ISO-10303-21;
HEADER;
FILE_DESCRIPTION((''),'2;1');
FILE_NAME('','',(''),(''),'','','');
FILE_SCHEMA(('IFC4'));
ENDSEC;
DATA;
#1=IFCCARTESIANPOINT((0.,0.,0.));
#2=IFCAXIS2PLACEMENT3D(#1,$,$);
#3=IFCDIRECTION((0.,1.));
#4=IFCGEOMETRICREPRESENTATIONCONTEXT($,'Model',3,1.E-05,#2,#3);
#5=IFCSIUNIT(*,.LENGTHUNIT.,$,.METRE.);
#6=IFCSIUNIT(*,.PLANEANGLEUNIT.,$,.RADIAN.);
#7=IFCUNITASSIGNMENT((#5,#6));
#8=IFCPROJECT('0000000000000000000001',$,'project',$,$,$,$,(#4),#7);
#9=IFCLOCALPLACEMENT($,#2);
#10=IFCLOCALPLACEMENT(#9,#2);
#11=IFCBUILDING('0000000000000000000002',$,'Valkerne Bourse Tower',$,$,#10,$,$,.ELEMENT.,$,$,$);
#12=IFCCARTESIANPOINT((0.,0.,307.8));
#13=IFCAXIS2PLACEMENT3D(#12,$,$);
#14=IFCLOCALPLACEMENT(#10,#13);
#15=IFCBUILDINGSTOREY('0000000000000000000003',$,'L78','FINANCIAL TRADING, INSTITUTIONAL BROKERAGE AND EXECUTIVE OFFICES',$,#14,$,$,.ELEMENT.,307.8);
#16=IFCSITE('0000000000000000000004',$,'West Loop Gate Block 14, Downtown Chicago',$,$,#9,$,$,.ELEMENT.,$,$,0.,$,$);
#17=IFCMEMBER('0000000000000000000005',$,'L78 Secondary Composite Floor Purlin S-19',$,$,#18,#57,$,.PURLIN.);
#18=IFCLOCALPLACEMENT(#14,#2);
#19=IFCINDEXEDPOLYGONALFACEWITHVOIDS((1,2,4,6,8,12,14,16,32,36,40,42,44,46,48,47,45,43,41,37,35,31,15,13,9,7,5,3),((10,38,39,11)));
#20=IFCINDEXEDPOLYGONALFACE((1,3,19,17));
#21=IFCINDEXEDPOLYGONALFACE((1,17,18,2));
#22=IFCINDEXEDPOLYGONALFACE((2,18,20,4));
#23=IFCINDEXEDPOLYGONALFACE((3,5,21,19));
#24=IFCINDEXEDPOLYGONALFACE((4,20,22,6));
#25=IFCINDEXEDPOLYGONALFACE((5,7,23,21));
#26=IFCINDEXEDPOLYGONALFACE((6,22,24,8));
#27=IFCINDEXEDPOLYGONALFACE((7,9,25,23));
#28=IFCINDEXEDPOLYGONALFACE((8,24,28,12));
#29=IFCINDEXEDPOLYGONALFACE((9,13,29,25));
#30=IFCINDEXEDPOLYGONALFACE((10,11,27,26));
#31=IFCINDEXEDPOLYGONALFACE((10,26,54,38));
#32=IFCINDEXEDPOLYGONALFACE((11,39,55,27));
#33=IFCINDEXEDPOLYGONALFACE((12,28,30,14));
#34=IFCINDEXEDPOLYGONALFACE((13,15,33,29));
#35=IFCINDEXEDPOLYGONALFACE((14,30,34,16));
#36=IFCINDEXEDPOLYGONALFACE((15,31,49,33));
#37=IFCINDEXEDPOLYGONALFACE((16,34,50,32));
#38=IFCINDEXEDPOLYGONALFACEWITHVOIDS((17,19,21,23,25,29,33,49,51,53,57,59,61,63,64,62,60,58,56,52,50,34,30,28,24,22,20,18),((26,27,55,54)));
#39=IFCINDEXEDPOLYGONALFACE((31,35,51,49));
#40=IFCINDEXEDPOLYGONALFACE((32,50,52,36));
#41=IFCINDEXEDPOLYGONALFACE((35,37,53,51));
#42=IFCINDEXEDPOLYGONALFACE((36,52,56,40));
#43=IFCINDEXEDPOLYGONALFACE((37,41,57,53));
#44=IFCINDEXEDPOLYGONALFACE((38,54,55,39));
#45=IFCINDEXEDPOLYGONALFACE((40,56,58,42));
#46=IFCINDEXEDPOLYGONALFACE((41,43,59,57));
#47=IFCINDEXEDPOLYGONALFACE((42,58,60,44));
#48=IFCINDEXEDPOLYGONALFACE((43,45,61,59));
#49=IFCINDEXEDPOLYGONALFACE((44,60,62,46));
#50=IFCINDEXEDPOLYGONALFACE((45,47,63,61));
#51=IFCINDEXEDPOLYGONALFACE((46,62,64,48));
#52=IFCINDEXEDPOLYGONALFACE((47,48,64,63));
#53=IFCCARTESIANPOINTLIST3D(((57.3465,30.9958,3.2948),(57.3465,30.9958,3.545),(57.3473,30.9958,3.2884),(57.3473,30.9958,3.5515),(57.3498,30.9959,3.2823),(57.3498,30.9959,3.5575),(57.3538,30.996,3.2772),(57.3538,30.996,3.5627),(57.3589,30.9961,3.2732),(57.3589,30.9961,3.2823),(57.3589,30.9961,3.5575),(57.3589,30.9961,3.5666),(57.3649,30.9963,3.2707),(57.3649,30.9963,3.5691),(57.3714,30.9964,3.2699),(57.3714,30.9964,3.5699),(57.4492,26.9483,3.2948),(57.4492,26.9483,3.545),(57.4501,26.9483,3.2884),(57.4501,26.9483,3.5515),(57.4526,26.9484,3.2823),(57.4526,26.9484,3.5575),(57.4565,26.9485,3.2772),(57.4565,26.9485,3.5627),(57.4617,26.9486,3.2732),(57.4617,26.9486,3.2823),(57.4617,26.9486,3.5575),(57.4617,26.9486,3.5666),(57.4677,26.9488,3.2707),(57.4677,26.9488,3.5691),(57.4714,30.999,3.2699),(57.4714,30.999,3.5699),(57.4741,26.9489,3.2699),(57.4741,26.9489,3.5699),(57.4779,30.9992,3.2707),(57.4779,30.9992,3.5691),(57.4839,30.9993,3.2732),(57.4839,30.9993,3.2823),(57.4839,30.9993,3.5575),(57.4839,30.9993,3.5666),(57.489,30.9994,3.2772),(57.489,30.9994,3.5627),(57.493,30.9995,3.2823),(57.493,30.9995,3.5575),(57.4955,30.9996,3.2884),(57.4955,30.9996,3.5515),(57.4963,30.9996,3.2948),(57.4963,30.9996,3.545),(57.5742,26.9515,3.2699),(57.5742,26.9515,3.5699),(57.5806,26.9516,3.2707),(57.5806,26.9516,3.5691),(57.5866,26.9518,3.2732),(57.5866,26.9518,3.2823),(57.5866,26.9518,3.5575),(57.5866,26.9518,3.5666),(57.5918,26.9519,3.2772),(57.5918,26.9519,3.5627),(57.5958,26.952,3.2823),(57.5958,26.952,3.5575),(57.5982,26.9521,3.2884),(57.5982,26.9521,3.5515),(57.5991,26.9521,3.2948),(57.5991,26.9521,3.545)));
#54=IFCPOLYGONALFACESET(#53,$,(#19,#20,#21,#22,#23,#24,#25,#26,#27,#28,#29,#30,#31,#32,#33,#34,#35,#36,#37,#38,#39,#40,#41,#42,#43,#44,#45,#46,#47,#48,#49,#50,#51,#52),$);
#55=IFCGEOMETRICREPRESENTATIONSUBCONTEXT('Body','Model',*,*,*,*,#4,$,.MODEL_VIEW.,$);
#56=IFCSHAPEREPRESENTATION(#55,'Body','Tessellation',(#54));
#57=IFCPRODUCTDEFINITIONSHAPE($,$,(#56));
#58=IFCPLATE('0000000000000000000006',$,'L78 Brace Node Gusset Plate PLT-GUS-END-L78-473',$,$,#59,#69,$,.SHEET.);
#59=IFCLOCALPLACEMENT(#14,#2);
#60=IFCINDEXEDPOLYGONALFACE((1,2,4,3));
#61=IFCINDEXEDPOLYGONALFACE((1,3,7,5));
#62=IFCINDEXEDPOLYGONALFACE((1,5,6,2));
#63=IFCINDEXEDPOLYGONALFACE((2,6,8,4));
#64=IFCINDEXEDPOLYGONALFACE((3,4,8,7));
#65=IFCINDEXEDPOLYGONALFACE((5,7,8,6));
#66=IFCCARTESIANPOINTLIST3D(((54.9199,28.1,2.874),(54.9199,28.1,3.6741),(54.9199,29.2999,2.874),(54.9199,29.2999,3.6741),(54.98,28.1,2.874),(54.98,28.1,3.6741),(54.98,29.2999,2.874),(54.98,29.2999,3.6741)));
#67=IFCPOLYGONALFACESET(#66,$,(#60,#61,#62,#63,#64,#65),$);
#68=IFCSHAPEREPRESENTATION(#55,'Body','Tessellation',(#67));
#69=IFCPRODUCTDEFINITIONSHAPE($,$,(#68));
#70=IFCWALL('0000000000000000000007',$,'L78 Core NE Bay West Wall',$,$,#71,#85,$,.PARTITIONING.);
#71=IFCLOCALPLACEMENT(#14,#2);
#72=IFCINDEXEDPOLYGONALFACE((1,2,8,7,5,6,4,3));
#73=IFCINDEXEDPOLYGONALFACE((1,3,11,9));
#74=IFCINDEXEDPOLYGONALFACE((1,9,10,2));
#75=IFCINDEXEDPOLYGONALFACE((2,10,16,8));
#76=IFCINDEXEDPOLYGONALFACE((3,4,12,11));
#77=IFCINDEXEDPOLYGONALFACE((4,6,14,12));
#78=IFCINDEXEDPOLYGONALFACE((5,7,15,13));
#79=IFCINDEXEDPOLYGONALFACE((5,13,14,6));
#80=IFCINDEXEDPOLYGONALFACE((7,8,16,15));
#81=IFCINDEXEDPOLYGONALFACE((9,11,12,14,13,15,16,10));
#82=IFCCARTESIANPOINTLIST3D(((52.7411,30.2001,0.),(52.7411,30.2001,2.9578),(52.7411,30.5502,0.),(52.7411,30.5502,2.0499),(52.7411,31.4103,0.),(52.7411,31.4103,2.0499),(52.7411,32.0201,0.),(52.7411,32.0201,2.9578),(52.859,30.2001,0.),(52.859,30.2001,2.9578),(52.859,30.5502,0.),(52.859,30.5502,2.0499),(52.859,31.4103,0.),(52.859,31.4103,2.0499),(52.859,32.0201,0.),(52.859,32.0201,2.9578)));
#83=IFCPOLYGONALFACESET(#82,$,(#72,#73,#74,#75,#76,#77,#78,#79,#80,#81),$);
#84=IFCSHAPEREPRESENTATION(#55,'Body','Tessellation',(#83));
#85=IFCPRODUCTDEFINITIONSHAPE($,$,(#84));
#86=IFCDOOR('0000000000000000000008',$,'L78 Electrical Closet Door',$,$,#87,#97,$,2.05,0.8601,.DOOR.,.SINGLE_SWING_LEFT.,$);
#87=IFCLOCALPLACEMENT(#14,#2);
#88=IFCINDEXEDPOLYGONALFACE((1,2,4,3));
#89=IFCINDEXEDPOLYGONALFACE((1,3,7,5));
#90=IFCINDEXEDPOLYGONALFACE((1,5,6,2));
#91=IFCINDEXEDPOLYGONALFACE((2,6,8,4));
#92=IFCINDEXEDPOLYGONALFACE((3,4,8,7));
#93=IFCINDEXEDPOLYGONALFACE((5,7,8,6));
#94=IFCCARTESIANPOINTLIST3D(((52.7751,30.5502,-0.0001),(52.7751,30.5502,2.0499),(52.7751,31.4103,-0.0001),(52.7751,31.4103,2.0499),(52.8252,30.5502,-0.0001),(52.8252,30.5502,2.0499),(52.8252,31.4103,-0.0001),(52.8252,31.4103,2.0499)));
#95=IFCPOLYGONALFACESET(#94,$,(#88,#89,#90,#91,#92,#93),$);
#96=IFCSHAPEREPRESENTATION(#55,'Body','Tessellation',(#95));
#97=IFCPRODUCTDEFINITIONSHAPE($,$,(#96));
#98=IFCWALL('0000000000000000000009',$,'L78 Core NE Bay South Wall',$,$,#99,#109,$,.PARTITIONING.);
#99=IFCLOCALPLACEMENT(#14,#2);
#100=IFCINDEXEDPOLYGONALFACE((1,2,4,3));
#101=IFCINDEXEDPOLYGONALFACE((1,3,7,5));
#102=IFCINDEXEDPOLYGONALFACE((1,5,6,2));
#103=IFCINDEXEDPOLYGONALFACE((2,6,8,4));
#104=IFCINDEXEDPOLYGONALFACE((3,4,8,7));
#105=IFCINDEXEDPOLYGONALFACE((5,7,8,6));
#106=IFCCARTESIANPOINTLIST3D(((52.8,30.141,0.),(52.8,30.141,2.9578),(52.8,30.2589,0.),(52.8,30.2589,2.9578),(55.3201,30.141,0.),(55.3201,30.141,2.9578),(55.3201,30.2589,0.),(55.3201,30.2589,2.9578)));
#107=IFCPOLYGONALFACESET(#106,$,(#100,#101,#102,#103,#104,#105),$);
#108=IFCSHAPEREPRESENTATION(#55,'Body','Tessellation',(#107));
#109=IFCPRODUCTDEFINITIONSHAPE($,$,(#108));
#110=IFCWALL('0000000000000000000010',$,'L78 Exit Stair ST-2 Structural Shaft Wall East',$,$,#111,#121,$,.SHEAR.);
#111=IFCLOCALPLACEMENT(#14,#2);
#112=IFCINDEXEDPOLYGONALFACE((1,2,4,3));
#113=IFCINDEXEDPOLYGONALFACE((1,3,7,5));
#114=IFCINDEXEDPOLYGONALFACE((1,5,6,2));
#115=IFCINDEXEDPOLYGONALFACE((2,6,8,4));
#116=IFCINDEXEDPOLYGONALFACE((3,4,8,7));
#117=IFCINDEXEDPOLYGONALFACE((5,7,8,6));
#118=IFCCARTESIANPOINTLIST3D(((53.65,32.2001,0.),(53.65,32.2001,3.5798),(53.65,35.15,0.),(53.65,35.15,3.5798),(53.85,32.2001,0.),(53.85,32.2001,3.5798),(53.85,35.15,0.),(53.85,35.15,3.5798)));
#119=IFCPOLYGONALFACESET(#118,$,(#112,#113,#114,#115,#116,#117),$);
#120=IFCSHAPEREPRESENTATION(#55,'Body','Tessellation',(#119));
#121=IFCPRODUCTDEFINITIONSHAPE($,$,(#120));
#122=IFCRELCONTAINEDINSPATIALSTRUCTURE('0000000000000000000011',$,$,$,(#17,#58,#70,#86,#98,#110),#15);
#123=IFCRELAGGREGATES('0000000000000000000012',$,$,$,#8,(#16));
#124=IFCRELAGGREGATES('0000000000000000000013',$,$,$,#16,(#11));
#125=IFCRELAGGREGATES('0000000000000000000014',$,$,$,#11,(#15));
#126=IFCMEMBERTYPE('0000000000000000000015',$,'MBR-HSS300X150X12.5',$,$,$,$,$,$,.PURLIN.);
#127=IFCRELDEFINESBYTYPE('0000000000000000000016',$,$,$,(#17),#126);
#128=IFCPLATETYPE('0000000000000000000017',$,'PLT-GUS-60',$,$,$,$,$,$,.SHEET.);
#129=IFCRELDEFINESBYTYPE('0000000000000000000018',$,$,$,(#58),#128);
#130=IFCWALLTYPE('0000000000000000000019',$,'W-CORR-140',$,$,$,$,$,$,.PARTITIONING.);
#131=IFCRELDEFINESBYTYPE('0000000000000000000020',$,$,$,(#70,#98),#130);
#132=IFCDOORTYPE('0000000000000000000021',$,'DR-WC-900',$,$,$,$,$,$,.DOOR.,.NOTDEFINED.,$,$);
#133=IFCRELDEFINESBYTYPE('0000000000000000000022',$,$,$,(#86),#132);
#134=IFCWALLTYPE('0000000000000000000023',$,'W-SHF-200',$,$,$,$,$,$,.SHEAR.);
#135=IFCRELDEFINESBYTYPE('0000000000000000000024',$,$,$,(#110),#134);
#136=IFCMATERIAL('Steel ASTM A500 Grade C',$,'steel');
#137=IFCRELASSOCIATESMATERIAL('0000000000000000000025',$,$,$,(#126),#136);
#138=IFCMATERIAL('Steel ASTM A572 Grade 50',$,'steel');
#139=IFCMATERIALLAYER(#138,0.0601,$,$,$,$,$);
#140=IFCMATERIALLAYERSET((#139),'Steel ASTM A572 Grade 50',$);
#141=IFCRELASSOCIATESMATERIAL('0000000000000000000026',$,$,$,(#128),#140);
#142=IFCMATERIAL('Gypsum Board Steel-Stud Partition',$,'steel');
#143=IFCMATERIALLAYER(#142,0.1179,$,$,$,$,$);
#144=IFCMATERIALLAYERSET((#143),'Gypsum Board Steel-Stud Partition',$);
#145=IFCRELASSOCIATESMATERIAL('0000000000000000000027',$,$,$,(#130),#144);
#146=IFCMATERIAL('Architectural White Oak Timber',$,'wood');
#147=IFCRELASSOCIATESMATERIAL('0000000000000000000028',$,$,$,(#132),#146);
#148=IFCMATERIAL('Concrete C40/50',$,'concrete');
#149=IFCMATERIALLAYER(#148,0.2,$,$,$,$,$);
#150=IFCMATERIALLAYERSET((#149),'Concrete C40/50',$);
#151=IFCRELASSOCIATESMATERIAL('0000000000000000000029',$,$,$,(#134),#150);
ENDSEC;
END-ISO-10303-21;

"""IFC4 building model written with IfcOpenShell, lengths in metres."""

from ifc_helpers import new_model, si_unit, direction, frame, frame_2d, origin, origin_2d, place, context, subcontext, project, spatial, rectangle, hollow_rectangle, extrude, material, layer, layer_set, material_profile, profile_set, type_object, element, fill, save


model = new_model("IFC4")

# Units and contexts
model_context = context("Model", 3, precision=1e-05, world=origin(), true_north=direction((0.0, 1.0)))
body_context = subcontext(model_context, "Body", "Model", "MODEL_VIEW")
ifc_project = project(units=[si_unit("LENGTHUNIT", "METRE"), si_unit("PLANEANGLEUNIT", "RADIAN")], contexts=[model_context])

# Site, building, storey
site_placement = place(None, origin())
site = spatial("IfcSite", under=ifc_project, at=site_placement, Name="West Loop Gate Block 14, Downtown Chicago", CompositionType="ELEMENT", RefElevation=0.0)
building_placement = place(site_placement, origin())
building = spatial("IfcBuilding", under=site, at=building_placement, Name="Valkerne Bourse Tower", CompositionType="ELEMENT")
storey_placement = place(building_placement, frame((0.0, 0.0, 307.8)))
storey = spatial("IfcBuildingStorey", under=building, at=storey_placement, Name="L78", Description="FINANCIAL TRADING, INSTITUTIONAL BROKERAGE AND EXECUTIVE OFFICES", CompositionType="ELEMENT", Elevation=307.8)

# Shared definitions
ifc_material_1 = material(Name="Steel ASTM A500 Grade C", Category="steel")

# Member
ifc_material_profile_1 = material_profile(ifc_material_1, hollow_rectangle(XDim=0.1499, YDim=0.3, WallThickness=0.0125, OuterFilletRadius=0.0249, at=origin_2d()), Name="HSS300X150X12.5")
ifc_profile_set_1 = profile_set([ifc_material_profile_1], Name="Steel ASTM A500 Grade C")
member_type_1 = type_object("IfcMemberType", Name="MBR-HSS300X150X12.5", PredefinedType="PURLIN", material=ifc_profile_set_1)
member_1_placement = place(storey_placement, frame((57.5242, 26.9502, 3.4199), z_axis=(-0.025385, 0.999678, 0.0), x_axis=(-0.999678, -0.025385, 0.0)))
element("IfcMember", 1, at=member_1_placement, inside=storey, type_object=member_type_1, Name="L78 Secondary Composite Floor Purlin S-19", PredefinedType="PURLIN", context=body_context, shape_type="SweptSolid", body=[
    extrude(hollow_rectangle(XDim=0.1499, YDim=0.3, WallThickness=0.0125, OuterFilletRadius=0.0249, at=origin_2d()), origin(), (0.0, 0.0, 1.0), 4.0488),
])

# Plate
ifc_material_2 = material(Name="Steel ASTM A572 Grade 50", Category="steel")
ifc_layer_1 = layer(ifc_material_2, 0.0601)
ifc_layer_set_1 = layer_set([ifc_layer_1], Name="Steel ASTM A572 Grade 50")
plate_type = type_object("IfcPlateType", Name="PLT-GUS-60", PredefinedType="SHEET", material=ifc_layer_set_1)
plate_placement = place(storey_placement, frame((54.95, 28.7, 2.874), z_axis=(0.0, 0.0, 1.0), x_axis=(0.0, 1.0, 0.0)))
element("IfcPlate", 2, at=plate_placement, inside=storey, type_object=plate_type, Name="L78 Brace Node Gusset Plate PLT-GUS-END-L78-473", PredefinedType="SHEET", context=body_context, shape_type="SweptSolid", body=[
    extrude(rectangle(XDim=1.2, YDim=0.0601, at=origin_2d()), origin(), (0.0, 0.0, 1.0), 0.8),
])

# Wall, opening, door
ifc_material_3 = material(Name="Gypsum Board Steel-Stud Partition", Category="steel")
ifc_layer_2 = layer(ifc_material_3, 0.1179)
ifc_layer_set_2 = layer_set([ifc_layer_2], Name="Gypsum Board Steel-Stud Partition")
wall_type_1 = type_object("IfcWallType", Name="W-CORR-140", PredefinedType="PARTITIONING", material=ifc_layer_set_2)
wall_1_placement = place(storey_placement, frame((52.8, 30.2, 0.0), z_axis=(0.0, 0.0, 1.0), x_axis=(0.0, 1.0, 0.0)))
wall_1 = element("IfcWall", 3, at=wall_1_placement, inside=storey, type_object=wall_type_1, Name="L78 Core NE Bay West Wall", PredefinedType="PARTITIONING", context=body_context, shape_type="SweptSolid", body=[
    extrude(rectangle(XDim=1.8201, YDim=0.1179, at=frame_2d((0.9102, 0.0))), origin(), (0.0, 0.0, 1.0), 2.9578),
])
opening_placement = place(wall_1_placement, frame((0.3501, 0.0, 0.0)))
opening = element("IfcOpeningElement", 4, at=opening_placement, cuts=wall_1, PredefinedType="OPENING", context=body_context, shape_type="SweptSolid", body=[
    extrude(rectangle(XDim=0.8601, YDim=2.05, at=frame_2d((0.4302, 1.0249))), frame((0.0, 0.0688, 0.0), z_axis=(0.0, -1.0, 0.0), x_axis=(1.0, 0.0, 0.0)), (0.0, 0.0, 1.0), 0.1379),
])
ifc_material_4 = material(Name="Architectural White Oak Timber", Category="wood")
door_type = type_object("IfcDoorType", Name="DR-WC-900", OperationType="NOTDEFINED", PredefinedType="DOOR", material=ifc_material_4)
door_placement = place(opening_placement, origin())
door = element("IfcDoor", 5, at=door_placement, inside=storey, type_object=door_type, Name="L78 Electrical Closet Door", OperationType="SINGLE_SWING_LEFT", OverallHeight=2.05, OverallWidth=0.8601, PredefinedType="DOOR", context=body_context, shape_type="SweptSolid", body=[
    extrude(rectangle(XDim=0.8601, YDim=2.05, at=frame_2d((0.4302, 1.0249))), frame((0.0, 0.0249, 0.0), z_axis=(0.0, -1.0, 0.0), x_axis=(1.0, 0.0, 0.0)), (0.0, 0.0, 1.0), 0.05),
])
fill(opening, door)

# Walls
wall_2_placement = place(storey_placement, frame((52.8, 30.2, 0.0), z_axis=(0.0, 0.0, 1.0), x_axis=(1.0, 0.0, 0.0)))
element("IfcWall", 6, at=wall_2_placement, inside=storey, type_object=wall_type_1, Name="L78 Core NE Bay South Wall", PredefinedType="PARTITIONING", context=body_context, shape_type="SweptSolid", body=[
    extrude(rectangle(XDim=2.52, YDim=0.1179, at=frame_2d((1.26, 0.0))), origin(), (0.0, 0.0, 1.0), 2.9578),
])
ifc_material_5 = material(Name="Concrete C40/50", Category="concrete")
ifc_layer_3 = layer(ifc_material_5, 0.2)
ifc_layer_set_3 = layer_set([ifc_layer_3], Name="Concrete C40/50")
wall_type_2 = type_object("IfcWallType", Name="W-SHF-200", PredefinedType="SHEAR", material=ifc_layer_set_3)
wall_3_placement = place(storey_placement, frame((53.75, 32.2, 0.0), z_axis=(0.0, 0.0, 1.0), x_axis=(0.0, 1.0, 0.0)))
element("IfcWall", 7, at=wall_3_placement, inside=storey, type_object=wall_type_2, Name="L78 Exit Stair ST-2 Structural Shaft Wall East", PredefinedType="SHEAR", context=body_context, shape_type="SweptSolid", body=[
    extrude(rectangle(XDim=2.95, YDim=0.2, at=frame_2d((1.4751, 0.0))), origin(), (0.0, 0.0, 1.0), 3.5798),
])

save(model, "model.ifc")
